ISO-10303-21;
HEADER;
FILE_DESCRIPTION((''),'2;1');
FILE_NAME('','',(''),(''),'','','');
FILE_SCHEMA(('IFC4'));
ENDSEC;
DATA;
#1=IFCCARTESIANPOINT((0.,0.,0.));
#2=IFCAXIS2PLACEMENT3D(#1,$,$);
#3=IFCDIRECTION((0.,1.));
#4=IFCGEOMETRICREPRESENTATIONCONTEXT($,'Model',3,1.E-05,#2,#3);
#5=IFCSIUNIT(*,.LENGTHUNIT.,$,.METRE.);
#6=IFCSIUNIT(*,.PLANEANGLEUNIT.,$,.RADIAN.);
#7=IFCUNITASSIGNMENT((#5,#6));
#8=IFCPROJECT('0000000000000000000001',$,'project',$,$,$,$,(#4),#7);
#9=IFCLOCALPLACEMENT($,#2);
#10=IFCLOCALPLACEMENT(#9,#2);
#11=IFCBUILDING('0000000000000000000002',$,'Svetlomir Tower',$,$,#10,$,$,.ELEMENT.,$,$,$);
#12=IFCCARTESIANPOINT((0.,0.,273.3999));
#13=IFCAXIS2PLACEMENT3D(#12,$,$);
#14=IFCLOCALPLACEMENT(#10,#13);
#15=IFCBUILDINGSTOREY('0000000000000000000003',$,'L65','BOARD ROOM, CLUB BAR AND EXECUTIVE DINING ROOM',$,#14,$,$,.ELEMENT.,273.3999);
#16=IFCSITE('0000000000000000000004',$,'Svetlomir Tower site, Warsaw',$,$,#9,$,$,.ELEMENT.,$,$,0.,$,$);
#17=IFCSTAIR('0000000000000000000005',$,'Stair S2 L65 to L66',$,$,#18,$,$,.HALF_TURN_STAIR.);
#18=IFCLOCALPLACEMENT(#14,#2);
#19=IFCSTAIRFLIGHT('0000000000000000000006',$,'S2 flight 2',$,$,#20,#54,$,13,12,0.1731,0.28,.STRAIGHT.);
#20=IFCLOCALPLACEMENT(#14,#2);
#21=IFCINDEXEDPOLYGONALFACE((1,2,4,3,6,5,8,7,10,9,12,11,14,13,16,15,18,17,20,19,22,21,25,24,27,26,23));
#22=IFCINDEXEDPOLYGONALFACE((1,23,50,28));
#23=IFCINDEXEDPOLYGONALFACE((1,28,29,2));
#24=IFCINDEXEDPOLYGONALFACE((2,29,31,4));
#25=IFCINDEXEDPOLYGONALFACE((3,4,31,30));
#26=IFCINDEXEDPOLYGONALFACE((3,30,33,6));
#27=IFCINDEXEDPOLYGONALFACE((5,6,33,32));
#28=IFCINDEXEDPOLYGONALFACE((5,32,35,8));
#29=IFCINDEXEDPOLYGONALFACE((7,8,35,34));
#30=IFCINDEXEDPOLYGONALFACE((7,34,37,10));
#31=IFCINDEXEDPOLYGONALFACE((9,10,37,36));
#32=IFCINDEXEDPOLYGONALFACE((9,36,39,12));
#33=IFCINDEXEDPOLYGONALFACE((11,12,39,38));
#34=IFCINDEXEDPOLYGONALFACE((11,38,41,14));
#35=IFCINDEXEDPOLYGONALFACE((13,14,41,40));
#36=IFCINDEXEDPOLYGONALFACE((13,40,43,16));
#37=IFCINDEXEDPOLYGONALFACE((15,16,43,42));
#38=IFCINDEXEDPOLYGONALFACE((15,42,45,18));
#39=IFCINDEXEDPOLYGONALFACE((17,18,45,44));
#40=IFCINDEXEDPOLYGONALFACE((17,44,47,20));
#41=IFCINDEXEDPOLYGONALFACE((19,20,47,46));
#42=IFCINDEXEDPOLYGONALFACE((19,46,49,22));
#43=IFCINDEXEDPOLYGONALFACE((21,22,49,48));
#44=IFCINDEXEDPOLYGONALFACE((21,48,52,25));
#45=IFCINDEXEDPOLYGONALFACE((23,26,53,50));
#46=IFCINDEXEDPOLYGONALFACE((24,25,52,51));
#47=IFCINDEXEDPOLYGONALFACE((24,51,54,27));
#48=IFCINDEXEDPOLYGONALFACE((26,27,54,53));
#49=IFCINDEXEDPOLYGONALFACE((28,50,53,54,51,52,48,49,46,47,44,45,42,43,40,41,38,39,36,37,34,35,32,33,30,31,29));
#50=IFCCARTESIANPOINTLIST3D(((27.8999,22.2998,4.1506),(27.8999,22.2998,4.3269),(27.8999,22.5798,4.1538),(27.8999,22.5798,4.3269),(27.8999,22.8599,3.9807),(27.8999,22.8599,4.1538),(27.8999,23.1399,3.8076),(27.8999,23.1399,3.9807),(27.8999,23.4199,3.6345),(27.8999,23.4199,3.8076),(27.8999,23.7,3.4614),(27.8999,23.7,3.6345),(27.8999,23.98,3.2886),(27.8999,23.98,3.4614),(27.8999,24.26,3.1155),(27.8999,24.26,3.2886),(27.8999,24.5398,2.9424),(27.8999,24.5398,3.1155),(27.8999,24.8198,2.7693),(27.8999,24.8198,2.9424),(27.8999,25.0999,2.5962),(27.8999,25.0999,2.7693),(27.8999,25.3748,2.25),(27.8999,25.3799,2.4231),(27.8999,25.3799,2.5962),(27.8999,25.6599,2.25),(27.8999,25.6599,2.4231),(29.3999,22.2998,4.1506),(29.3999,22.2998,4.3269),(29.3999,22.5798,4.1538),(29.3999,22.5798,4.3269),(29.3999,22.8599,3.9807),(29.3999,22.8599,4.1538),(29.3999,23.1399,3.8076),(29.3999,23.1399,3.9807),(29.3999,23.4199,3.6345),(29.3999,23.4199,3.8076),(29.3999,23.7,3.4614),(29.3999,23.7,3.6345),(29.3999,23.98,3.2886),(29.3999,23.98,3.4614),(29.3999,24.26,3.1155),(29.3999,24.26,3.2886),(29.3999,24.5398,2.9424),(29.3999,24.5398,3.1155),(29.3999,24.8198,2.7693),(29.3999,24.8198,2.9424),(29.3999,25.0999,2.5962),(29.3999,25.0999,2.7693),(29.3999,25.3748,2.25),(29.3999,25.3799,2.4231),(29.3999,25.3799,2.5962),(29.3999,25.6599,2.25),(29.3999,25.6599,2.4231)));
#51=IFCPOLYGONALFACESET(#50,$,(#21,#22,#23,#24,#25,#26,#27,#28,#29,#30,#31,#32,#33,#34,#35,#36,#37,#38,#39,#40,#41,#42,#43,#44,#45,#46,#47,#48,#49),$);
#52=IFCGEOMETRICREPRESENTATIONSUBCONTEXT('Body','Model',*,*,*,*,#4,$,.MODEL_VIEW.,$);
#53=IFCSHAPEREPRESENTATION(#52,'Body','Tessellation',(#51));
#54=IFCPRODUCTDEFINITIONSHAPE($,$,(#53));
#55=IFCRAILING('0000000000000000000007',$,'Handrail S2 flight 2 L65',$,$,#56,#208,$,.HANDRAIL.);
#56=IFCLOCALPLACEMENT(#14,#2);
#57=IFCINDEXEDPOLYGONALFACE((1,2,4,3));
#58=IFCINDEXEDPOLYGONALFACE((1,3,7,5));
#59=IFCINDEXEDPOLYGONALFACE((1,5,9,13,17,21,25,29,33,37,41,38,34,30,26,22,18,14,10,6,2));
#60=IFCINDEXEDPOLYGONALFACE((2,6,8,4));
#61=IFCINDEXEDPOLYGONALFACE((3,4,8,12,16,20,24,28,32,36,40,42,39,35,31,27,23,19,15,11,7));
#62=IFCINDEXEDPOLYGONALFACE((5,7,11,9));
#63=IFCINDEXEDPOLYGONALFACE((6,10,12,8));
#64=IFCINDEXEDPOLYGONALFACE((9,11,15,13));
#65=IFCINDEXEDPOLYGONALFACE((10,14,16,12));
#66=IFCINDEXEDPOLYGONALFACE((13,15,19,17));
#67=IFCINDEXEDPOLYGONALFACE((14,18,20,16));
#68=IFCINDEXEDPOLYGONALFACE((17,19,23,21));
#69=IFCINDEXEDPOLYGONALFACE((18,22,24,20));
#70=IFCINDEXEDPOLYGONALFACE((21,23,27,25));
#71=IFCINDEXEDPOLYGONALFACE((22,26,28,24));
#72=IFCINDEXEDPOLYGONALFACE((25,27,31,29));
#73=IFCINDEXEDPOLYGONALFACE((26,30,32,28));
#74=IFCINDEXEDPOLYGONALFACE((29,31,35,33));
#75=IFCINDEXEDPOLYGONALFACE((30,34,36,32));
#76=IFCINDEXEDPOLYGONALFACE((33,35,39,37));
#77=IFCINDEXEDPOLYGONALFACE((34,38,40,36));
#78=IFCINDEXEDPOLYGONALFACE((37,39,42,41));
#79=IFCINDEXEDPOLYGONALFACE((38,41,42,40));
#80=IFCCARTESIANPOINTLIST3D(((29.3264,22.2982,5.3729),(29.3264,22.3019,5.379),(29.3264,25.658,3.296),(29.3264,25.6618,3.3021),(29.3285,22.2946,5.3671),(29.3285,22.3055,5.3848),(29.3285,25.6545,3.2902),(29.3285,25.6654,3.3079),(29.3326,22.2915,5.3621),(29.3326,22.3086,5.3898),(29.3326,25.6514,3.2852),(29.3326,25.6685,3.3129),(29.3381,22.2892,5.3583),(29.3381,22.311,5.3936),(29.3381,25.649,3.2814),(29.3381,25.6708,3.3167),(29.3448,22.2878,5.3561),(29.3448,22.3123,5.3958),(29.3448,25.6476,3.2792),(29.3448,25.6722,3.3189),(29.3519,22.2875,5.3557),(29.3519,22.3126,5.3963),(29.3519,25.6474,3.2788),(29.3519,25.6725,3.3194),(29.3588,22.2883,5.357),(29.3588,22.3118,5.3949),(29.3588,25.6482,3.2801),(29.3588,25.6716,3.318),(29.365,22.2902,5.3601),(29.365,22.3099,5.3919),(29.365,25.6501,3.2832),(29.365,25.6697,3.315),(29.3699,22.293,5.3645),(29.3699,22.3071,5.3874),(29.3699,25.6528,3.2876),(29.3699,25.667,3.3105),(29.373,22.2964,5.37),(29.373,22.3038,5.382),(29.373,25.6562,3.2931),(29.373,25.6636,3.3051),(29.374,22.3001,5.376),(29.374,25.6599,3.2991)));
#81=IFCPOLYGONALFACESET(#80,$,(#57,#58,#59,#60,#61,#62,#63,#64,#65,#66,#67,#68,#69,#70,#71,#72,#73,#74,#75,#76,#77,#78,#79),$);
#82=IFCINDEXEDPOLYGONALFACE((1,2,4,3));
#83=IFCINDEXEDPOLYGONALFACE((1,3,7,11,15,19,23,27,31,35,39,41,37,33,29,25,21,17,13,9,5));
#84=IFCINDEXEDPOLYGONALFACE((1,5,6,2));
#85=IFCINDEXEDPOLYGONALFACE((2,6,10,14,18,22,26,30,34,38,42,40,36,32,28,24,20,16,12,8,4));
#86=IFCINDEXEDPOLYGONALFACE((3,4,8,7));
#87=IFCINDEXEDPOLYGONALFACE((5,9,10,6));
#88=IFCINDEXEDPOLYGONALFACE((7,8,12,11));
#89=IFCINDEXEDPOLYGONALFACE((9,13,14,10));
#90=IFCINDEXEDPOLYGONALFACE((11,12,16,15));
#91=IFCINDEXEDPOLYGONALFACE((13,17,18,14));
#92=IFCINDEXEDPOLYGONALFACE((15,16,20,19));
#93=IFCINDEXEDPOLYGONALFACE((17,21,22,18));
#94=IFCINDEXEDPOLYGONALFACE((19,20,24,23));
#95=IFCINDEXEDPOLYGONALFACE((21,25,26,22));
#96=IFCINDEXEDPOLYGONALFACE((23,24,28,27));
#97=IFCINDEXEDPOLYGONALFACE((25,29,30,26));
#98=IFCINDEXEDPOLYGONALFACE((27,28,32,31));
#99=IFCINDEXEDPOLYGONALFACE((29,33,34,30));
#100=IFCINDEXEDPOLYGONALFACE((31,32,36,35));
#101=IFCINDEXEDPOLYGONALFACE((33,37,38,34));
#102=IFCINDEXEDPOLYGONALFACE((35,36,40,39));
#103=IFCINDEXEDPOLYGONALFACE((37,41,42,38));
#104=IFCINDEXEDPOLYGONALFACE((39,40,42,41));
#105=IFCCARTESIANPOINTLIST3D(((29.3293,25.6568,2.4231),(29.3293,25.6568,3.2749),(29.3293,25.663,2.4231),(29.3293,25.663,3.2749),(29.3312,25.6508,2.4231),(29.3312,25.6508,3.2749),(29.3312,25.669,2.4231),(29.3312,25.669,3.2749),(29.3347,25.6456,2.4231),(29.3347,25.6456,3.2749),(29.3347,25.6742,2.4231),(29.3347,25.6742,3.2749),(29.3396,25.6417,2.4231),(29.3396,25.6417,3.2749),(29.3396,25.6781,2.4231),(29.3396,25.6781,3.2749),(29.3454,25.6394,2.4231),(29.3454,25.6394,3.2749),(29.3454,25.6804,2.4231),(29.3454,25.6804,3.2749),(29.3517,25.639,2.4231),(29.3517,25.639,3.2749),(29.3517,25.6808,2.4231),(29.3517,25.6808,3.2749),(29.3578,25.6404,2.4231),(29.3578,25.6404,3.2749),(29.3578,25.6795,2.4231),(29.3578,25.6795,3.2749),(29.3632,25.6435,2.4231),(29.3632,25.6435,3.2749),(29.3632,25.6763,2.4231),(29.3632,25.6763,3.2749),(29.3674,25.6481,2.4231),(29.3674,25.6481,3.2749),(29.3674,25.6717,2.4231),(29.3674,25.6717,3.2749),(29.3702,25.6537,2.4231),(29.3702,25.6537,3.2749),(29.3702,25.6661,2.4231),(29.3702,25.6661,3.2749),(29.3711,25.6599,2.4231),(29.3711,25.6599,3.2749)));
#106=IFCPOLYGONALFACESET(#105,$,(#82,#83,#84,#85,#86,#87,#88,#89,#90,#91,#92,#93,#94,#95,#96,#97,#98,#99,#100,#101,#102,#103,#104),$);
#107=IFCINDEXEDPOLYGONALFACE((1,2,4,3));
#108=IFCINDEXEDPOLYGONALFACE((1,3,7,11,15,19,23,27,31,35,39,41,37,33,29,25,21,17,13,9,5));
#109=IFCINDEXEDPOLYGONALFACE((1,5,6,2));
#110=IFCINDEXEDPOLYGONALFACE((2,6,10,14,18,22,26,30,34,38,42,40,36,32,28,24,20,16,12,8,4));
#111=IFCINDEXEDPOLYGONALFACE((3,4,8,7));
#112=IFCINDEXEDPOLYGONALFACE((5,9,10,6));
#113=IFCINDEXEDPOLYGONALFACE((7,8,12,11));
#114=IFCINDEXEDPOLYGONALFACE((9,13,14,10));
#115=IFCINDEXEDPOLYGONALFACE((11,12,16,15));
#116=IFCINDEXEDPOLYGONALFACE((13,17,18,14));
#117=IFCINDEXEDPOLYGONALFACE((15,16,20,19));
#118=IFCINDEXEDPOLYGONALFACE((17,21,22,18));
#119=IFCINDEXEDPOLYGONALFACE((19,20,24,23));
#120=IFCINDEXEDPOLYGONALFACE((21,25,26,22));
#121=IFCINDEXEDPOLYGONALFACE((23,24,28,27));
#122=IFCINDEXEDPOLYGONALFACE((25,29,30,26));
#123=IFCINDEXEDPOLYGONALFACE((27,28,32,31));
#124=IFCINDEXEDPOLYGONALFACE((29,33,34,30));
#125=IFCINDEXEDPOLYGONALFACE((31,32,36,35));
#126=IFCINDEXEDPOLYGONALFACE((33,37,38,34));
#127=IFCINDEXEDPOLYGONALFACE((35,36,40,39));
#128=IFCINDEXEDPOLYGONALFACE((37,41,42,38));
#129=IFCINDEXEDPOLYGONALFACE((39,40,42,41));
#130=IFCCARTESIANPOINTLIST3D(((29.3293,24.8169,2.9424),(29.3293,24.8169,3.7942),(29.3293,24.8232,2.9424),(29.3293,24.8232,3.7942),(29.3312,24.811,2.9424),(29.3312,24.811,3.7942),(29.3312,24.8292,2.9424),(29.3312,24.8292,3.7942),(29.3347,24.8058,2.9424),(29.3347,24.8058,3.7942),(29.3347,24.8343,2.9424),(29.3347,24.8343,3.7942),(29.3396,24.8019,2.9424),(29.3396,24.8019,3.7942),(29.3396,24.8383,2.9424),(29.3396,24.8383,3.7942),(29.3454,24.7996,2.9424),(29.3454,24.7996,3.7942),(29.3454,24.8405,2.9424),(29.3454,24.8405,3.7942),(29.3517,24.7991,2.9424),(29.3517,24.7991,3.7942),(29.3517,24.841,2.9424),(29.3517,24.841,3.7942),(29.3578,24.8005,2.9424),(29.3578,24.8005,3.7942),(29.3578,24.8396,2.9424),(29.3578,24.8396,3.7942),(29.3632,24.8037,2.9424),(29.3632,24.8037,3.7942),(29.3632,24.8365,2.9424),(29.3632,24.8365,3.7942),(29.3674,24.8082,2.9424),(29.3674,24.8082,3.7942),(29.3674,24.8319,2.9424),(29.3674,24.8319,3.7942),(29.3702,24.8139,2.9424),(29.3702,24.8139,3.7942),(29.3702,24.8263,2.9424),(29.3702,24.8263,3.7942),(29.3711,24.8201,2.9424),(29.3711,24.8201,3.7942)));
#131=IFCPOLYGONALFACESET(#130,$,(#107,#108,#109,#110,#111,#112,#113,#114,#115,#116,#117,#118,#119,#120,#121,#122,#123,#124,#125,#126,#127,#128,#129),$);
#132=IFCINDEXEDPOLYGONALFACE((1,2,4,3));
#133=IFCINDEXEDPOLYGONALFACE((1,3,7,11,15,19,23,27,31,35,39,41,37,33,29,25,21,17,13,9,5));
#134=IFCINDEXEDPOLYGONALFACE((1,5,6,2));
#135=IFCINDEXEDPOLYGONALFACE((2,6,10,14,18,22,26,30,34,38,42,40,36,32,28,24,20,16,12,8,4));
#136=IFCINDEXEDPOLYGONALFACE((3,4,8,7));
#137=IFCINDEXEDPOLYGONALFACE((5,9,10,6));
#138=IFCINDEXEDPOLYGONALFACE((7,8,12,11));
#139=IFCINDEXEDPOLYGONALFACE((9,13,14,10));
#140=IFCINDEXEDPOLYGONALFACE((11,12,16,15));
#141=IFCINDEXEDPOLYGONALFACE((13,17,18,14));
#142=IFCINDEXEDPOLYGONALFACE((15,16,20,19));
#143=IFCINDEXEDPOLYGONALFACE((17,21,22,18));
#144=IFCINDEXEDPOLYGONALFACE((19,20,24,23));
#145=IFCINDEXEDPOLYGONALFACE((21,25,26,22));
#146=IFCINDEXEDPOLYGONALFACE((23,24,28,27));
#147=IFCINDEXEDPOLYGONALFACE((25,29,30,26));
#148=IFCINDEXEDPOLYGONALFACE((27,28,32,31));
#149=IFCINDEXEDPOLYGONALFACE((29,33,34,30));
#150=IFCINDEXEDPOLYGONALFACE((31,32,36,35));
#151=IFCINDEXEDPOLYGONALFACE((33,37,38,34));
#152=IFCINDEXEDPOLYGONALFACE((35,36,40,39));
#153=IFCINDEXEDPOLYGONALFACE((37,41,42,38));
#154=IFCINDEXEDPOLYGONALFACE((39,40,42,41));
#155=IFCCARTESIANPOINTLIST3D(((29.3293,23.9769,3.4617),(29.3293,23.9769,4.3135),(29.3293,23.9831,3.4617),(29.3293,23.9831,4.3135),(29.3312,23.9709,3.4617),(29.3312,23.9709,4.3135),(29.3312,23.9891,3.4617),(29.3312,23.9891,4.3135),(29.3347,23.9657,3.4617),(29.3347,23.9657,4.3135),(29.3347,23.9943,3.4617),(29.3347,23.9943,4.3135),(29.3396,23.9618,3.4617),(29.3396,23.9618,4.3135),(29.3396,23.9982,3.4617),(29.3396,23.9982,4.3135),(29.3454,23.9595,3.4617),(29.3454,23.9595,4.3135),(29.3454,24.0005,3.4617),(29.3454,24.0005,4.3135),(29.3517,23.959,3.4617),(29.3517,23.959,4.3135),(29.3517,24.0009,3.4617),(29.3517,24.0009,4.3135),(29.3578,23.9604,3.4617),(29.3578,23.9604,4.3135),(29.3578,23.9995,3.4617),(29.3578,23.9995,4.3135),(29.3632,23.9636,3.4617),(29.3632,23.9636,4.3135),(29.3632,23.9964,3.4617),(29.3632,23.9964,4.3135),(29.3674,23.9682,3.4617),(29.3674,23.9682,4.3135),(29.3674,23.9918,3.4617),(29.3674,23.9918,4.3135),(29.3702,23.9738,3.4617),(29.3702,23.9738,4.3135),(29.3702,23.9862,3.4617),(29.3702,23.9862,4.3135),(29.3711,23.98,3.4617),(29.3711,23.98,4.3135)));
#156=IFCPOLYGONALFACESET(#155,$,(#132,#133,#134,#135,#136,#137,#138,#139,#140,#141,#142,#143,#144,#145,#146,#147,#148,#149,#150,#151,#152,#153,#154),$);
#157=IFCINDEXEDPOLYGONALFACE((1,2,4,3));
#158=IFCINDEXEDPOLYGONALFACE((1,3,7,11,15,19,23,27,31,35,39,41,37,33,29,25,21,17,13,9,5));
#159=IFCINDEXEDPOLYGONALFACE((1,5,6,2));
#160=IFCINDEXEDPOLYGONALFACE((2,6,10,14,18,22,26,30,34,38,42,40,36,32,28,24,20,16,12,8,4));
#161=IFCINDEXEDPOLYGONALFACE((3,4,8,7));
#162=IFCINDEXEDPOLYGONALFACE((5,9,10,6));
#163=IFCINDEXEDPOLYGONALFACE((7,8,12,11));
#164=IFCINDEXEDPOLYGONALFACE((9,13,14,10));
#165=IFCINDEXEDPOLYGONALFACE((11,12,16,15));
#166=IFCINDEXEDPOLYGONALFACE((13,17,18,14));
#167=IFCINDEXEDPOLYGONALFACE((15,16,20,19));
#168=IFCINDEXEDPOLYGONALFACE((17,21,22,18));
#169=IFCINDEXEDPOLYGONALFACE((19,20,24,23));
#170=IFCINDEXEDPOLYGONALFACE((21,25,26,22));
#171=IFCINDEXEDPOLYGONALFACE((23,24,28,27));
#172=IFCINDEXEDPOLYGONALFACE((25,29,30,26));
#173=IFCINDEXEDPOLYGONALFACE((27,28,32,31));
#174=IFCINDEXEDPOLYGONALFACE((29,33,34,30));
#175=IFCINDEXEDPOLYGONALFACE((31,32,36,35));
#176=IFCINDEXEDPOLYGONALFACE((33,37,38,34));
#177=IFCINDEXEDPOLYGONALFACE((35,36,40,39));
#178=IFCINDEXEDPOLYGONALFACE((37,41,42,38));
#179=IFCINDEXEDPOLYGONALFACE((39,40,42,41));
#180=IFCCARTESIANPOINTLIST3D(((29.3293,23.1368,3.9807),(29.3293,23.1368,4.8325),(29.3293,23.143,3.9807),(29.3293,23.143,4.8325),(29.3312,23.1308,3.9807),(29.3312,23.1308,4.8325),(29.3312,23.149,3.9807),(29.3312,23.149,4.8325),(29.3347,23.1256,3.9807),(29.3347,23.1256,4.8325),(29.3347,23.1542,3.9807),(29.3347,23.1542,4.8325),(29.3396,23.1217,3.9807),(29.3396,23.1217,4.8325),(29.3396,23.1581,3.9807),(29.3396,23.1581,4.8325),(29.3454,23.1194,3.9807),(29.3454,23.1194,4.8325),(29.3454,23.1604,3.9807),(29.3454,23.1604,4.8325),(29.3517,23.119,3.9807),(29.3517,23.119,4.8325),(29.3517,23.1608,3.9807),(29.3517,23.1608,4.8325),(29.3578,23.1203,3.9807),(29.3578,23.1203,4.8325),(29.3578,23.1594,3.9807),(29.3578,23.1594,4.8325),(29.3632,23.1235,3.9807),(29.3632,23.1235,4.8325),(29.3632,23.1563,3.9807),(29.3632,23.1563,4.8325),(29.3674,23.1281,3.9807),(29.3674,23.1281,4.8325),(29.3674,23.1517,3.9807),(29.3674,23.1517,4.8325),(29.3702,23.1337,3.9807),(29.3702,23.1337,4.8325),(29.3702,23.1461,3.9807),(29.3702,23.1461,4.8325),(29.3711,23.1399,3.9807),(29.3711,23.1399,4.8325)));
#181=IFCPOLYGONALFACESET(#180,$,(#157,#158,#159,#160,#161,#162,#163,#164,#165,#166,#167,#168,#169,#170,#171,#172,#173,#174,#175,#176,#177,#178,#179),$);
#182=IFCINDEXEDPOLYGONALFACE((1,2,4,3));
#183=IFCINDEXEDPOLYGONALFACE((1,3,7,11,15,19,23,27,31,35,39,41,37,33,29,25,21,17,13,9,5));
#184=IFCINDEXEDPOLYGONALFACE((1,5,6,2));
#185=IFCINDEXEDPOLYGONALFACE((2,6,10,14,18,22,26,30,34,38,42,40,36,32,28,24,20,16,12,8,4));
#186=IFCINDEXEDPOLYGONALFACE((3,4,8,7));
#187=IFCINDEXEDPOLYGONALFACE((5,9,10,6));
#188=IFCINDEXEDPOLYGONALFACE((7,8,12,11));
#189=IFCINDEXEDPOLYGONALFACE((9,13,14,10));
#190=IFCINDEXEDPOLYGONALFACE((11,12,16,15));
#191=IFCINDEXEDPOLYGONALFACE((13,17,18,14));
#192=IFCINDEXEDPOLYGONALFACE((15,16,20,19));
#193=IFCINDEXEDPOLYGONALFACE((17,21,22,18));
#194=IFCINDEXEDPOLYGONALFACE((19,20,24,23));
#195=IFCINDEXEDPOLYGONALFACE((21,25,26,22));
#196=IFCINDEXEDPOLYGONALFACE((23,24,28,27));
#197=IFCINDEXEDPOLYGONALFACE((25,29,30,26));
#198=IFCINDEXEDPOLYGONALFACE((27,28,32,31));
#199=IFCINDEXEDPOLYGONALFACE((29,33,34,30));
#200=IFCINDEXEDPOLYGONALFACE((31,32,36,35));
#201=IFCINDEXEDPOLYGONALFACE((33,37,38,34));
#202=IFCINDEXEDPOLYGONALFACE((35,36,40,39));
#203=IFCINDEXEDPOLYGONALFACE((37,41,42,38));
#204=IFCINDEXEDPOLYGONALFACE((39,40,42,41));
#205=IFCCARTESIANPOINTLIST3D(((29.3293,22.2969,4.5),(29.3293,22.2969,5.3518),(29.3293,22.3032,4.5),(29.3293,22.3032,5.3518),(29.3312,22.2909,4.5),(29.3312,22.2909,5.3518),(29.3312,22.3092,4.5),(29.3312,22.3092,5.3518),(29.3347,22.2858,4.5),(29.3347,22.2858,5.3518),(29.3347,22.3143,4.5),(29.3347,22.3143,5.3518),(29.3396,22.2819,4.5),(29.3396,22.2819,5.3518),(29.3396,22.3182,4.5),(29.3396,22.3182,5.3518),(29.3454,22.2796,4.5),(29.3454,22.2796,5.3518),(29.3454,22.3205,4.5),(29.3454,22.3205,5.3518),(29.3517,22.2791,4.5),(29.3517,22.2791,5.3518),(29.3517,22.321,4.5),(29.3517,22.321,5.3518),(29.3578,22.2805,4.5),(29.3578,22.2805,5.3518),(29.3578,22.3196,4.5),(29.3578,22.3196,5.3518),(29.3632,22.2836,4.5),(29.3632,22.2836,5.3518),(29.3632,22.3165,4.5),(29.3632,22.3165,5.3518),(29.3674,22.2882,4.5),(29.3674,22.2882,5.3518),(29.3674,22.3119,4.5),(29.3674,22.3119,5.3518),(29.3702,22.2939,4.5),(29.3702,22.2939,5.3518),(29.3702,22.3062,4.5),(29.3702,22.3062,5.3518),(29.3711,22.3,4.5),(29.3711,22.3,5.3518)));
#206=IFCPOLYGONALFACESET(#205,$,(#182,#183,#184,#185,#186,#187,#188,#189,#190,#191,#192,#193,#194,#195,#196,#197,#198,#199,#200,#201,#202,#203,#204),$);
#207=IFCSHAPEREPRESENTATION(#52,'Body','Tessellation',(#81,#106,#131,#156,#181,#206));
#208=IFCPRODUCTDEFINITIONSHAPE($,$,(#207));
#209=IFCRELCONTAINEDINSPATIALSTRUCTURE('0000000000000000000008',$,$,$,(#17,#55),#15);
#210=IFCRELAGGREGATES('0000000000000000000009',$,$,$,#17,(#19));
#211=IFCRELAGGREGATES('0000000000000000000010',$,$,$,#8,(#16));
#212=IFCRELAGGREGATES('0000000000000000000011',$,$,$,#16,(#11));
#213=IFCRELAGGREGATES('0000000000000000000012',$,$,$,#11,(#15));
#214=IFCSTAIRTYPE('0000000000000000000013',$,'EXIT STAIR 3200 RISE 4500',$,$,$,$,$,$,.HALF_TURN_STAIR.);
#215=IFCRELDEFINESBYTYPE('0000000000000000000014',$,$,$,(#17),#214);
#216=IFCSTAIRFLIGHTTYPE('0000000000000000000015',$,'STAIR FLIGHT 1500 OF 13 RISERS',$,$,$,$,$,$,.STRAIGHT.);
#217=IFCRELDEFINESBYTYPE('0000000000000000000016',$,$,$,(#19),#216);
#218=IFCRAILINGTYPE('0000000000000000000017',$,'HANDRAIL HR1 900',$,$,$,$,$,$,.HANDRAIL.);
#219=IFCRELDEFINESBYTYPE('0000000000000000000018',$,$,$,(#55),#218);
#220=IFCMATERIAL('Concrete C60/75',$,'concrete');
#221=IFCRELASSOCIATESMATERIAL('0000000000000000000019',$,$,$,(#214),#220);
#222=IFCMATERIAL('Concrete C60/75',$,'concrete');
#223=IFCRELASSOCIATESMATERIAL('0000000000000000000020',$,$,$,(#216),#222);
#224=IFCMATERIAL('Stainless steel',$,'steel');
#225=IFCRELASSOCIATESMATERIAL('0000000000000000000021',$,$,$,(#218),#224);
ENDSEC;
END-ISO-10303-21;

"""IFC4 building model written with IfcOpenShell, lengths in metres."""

from ifc_helpers import new_model, si_unit, direction, frame, origin, origin_2d, place, context, subcontext, project, spatial, polyline, circle, outline, extrude, material, type_object, element, aggregate, save


model = new_model("IFC4")

# Units and contexts
model_context = context("Model", 3, precision=1e-05, world=origin(), true_north=direction((0.0, 1.0)))
body_context = subcontext(model_context, "Body", "Model", "MODEL_VIEW")
ifc_project = project(units=[si_unit("LENGTHUNIT", "METRE"), si_unit("PLANEANGLEUNIT", "RADIAN")], contexts=[model_context])

# Site, building, storey
site_placement = place(None, origin())
site = spatial("IfcSite", under=ifc_project, at=site_placement, Name="Svetlomir Tower site, Warsaw", CompositionType="ELEMENT", RefElevation=0.0)
building_placement = place(site_placement, origin())
building = spatial("IfcBuilding", under=site, at=building_placement, Name="Svetlomir Tower", CompositionType="ELEMENT")
storey_placement = place(building_placement, frame((0.0, 0.0, 273.3999)))
storey = spatial("IfcBuildingStorey", under=building, at=storey_placement, Name="L65", Description="BOARD ROOM, CLUB BAR AND EXECUTIVE DINING ROOM", CompositionType="ELEMENT", Elevation=273.3999)

# Stair, stair flight
ifc_material_1 = material(Name="Concrete C60/75", Category="concrete")
stair_type = type_object("IfcStairType", Name="EXIT STAIR 3200 RISE 4500", PredefinedType="HALF_TURN_STAIR", material=ifc_material_1)
stair_placement = place(storey_placement, origin())
stair = element("IfcStair", 1, at=stair_placement, inside=storey, type_object=stair_type, Name="Stair S2 L65 to L66", PredefinedType="HALF_TURN_STAIR")
ifc_material_2 = material(Name="Concrete C60/75", Category="concrete")
stair_flight_type = type_object("IfcStairFlightType", Name="STAIR FLIGHT 1500 OF 13 RISERS", PredefinedType="STRAIGHT", material=ifc_material_2)
stair_flight_placement = place(storey_placement, frame((28.6499, 25.6599, 2.25), z_axis=(0.0, 0.0, 1.0), x_axis=(0.0, -1.0, 0.0)))
stair_flight = element("IfcStairFlight", 2, at=stair_flight_placement, type_object=stair_flight_type, Name="S2 flight 2", NumberOfRisers=13, NumberOfTreads=12, PredefinedType="STRAIGHT", RiserHeight=0.1731, TreadLength=0.28, context=body_context, shape_type="SweptSolid", body=[
    extrude(outline(polyline([(0.0, 0.0), (0.0, 0.1731), (0.28, 0.1731), (0.28, 0.3462), (0.5601, 0.3462), (0.5601, 0.5193), (0.8401, 0.5193), (0.8401, 0.6924), (1.1201, 0.6924), (1.1201, 0.8655), (1.3999, 0.8655), (1.3999, 1.0386), (1.6799, 1.0386), (1.6799, 1.2114), (1.96, 1.2114), (1.96, 1.3845), (2.24, 1.3845), (2.24, 1.5576), (2.52, 1.5576), (2.52, 1.7307), (2.8, 1.7307), (2.8, 1.9038), (3.0801, 1.9038), (3.0801, 2.0769), (3.3601, 2.0769), (3.3601, 2.25), (3.3601, 1.9006), (0.2852, 0.0), (0.0, 0.0)])), frame((0.0, 0.75, 0.0), z_axis=(0.0, -1.0, 0.0), x_axis=(1.0, 0.0, 0.0)), (0.0, 0.0, 1.0), 1.5),
])
aggregate(stair, [stair_flight])

# Railing
ifc_material_3 = material(Name="Stainless steel", Category="steel")
railing_type = type_object("IfcRailingType", Name="HANDRAIL HR1 900", PredefinedType="HANDRAIL", material=ifc_material_3)
railing_placement = place(storey_placement, frame((29.3501, 25.6599, 2.4231)))
element("IfcRailing", 3, at=railing_placement, inside=storey, type_object=railing_type, Name="Handrail S2 flight 2 L65", PredefinedType="HANDRAIL", context=body_context, shape_type="SweptSolid", body=[
    extrude(circle(Radius=0.0239, at=origin_2d()), frame((0.0, 0.0, 0.876), z_axis=(0.0, -0.850606, 0.525803), x_axis=(1.0, 0.0, 0.0)), (0.0, 0.0, 1.0), 3.95),
    extrude(circle(Radius=0.021, at=origin_2d()), origin(), (0.0, 0.0, 1.0), 0.8518),
    extrude(circle(Radius=0.021, at=origin_2d()), frame((0.0, -0.8398, 0.5193)), (0.0, 0.0, 1.0), 0.8518),
    extrude(circle(Radius=0.021, at=origin_2d()), frame((0.0, -1.6799, 1.0386)), (0.0, 0.0, 1.0), 0.8518),
    extrude(circle(Radius=0.021, at=origin_2d()), frame((0.0, -2.52, 1.5576)), (0.0, 0.0, 1.0), 0.8518),
    extrude(circle(Radius=0.021, at=origin_2d()), frame((0.0, -3.3599, 2.0769)), (0.0, 0.0, 1.0), 0.8518),
])

save(model, "model.ifc")
